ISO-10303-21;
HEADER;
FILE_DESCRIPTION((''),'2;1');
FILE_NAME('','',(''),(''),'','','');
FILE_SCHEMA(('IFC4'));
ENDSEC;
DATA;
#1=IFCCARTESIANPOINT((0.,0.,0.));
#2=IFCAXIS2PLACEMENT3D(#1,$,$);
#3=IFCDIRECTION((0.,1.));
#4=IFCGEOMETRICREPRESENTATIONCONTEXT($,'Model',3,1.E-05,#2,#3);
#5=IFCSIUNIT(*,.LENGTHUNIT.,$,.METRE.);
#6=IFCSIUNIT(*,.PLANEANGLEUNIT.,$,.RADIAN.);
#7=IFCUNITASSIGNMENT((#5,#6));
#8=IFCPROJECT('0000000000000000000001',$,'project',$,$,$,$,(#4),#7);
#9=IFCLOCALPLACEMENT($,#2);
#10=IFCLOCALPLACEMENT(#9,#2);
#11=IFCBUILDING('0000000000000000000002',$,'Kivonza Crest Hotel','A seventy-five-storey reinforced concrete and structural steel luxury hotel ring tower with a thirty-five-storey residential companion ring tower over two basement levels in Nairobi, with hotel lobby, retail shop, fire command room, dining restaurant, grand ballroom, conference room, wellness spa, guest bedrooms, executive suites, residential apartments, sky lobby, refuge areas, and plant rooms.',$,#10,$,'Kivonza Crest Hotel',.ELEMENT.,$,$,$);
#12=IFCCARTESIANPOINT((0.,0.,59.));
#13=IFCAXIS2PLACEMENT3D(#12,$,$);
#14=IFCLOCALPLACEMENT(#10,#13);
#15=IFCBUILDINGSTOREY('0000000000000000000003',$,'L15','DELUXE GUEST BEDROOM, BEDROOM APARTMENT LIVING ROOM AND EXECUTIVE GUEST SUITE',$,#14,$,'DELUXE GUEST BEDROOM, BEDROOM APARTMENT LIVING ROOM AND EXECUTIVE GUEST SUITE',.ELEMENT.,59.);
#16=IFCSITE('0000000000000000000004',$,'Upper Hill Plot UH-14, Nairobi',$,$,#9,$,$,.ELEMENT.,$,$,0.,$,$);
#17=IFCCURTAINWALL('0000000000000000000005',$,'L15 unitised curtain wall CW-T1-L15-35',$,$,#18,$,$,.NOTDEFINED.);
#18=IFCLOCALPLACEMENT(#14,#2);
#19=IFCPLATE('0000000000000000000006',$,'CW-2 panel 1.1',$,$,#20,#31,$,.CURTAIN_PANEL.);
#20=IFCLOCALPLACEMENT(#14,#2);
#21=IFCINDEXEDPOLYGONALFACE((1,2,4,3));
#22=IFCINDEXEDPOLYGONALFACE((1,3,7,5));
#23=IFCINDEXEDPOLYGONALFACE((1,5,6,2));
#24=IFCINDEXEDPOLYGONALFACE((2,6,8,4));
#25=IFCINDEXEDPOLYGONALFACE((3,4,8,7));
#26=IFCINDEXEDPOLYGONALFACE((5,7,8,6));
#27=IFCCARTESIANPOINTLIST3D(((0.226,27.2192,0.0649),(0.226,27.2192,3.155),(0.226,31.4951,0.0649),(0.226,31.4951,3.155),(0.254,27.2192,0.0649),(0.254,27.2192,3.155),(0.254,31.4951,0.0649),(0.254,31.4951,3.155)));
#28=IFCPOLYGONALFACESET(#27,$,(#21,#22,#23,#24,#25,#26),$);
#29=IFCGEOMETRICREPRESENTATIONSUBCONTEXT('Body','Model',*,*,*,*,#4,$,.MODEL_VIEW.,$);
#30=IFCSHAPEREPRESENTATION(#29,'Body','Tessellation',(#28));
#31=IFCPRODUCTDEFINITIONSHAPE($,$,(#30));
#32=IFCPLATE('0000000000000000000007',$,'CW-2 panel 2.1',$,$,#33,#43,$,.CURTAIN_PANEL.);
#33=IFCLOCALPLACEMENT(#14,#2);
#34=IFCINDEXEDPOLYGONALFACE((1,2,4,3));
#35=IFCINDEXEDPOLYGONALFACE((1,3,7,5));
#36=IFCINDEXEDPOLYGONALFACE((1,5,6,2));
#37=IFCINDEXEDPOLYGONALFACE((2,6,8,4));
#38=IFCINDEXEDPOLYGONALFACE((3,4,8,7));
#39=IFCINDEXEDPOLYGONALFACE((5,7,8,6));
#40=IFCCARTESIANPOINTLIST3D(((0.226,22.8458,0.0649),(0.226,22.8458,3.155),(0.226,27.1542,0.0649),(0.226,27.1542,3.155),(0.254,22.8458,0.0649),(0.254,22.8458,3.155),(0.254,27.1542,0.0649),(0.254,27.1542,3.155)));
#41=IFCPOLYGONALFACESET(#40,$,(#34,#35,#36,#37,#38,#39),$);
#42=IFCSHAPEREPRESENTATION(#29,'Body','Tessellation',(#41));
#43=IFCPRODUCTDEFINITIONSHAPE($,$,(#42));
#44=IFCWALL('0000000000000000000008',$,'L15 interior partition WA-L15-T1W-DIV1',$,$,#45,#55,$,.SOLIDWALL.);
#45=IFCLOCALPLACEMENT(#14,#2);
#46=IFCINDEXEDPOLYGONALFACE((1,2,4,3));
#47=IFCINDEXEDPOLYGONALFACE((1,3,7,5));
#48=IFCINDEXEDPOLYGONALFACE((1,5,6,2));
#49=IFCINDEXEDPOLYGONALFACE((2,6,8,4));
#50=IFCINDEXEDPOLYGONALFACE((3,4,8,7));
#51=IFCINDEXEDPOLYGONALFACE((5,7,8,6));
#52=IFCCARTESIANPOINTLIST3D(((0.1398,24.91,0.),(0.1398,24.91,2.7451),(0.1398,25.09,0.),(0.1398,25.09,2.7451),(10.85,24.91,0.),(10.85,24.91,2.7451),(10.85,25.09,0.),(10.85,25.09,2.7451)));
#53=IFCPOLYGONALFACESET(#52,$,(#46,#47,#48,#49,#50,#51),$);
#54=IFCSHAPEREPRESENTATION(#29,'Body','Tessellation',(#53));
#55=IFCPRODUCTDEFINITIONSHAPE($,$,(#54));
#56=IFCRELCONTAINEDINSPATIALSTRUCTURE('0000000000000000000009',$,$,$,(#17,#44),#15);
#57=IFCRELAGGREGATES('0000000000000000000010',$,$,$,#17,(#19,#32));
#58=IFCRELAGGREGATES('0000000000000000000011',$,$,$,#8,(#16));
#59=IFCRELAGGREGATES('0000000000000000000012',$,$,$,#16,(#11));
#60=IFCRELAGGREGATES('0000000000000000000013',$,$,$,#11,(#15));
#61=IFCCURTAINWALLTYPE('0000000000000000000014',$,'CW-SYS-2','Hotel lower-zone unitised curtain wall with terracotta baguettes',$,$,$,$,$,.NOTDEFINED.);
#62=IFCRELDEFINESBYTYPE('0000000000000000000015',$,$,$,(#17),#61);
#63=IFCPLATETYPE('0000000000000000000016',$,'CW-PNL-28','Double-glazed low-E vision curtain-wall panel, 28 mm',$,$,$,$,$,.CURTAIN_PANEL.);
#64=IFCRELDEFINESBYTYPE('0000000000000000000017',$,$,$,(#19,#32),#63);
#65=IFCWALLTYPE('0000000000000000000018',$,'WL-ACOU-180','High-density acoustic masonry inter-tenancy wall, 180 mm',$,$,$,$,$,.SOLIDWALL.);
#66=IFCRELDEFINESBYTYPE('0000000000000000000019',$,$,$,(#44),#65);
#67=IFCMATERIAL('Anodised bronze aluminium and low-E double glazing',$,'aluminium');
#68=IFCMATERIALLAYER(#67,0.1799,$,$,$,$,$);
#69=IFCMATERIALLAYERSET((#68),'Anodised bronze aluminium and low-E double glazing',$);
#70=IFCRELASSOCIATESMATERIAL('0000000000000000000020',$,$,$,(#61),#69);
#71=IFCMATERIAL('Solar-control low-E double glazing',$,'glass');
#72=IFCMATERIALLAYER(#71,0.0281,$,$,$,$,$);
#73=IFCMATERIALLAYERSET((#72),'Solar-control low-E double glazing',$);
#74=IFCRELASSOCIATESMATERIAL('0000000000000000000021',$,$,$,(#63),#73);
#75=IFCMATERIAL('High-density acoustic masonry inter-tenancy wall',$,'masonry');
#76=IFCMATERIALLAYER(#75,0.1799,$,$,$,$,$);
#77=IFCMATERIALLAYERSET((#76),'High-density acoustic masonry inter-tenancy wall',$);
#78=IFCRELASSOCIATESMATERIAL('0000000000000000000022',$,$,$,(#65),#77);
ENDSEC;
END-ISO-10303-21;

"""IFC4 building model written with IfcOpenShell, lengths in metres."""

from ifc_helpers import new_model, si_unit, direction, frame, frame_2d, origin, origin_2d, place, context, subcontext, project, spatial, rectangle, extrude, material, layer, layer_set, type_object, element, aggregate, save


model = new_model("IFC4")

# Units and contexts
model_context = context("Model", 3, precision=1e-05, world=origin(), true_north=direction((0.0, 1.0)))
body_context = subcontext(model_context, "Body", "Model", "MODEL_VIEW")
ifc_project = project(units=[si_unit("LENGTHUNIT", "METRE"), si_unit("PLANEANGLEUNIT", "RADIAN")], contexts=[model_context])

# Site, building, storey
site_placement = place(None, origin())
site = spatial("IfcSite", under=ifc_project, at=site_placement, Name="Upper Hill Plot UH-14, Nairobi", CompositionType="ELEMENT", RefElevation=0.0)
building_placement = place(site_placement, origin())
building = spatial("IfcBuilding", under=site, at=building_placement, Name="Kivonza Crest Hotel", Description="A seventy-five-storey reinforced concrete and structural steel luxury hotel ring tower with a thirty-five-storey residential companion ring tower over two basement levels in Nairobi, with hotel lobby, retail shop, fire command room, dining restaurant, grand ballroom, conference room, wellness spa, guest bedrooms, executive suites, residential apartments, sky lobby, refuge areas, and plant rooms.", LongName="Kivonza Crest Hotel", CompositionType="ELEMENT")
storey_placement = place(building_placement, frame((0.0, 0.0, 59.0)))
storey = spatial("IfcBuildingStorey", under=building, at=storey_placement, Name="L15", Description="DELUXE GUEST BEDROOM, BEDROOM APARTMENT LIVING ROOM AND EXECUTIVE GUEST SUITE", LongName="DELUXE GUEST BEDROOM, BEDROOM APARTMENT LIVING ROOM AND EXECUTIVE GUEST SUITE", CompositionType="ELEMENT", Elevation=59.0)

# Curtain wall, plates
ifc_material_1 = material(Name="Anodised bronze aluminium and low-E double glazing", Category="aluminium")
ifc_layer_1 = layer(ifc_material_1, 0.1799)
ifc_layer_set_1 = layer_set([ifc_layer_1], Name="Anodised bronze aluminium and low-E double glazing")
curtain_wall_type = type_object("IfcCurtainWallType", Name="CW-SYS-2", Description="Hotel lower-zone unitised curtain wall with terracotta baguettes", PredefinedType="NOTDEFINED", material=ifc_layer_set_1)
curtain_wall_placement = place(storey_placement, origin())
curtain_wall = element("IfcCurtainWall", 1, at=curtain_wall_placement, inside=storey, type_object=curtain_wall_type, Name="L15 unitised curtain wall CW-T1-L15-35", PredefinedType="NOTDEFINED")
ifc_material_2 = material(Name="Solar-control low-E double glazing", Category="glass")
ifc_layer_2 = layer(ifc_material_2, 0.0281)
ifc_layer_set_2 = layer_set([ifc_layer_2], Name="Solar-control low-E double glazing")
plate_type = type_object("IfcPlateType", Name="CW-PNL-28", Description="Double-glazed low-E vision curtain-wall panel, 28 mm", PredefinedType="CURTAIN_PANEL", material=ifc_layer_set_2)
plate_1_placement = place(storey_placement, frame((0.24, 29.3572, 0.0649), z_axis=(0.0, 0.0, 1.0), x_axis=(0.0, -1.0, 0.0)))
plate_1 = element("IfcPlate", 2, at=plate_1_placement, type_object=plate_type, Name="CW-2 panel 1.1", PredefinedType="CURTAIN_PANEL", context=body_context, shape_type="SweptSolid", body=[
    extrude(rectangle(XDim=4.2759, YDim=0.0281, at=origin_2d()), origin(), (0.0, 0.0, 1.0), 3.0901),
])
plate_2_placement = place(storey_placement, frame((0.24, 25.0, 0.0649), z_axis=(0.0, 0.0, 1.0), x_axis=(0.0, -1.0, 0.0)))
plate_2 = element("IfcPlate", 3, at=plate_2_placement, type_object=plate_type, Name="CW-2 panel 2.1", PredefinedType="CURTAIN_PANEL", context=body_context, shape_type="SweptSolid", body=[
    extrude(rectangle(XDim=4.3083, YDim=0.0281, at=origin_2d()), origin(), (0.0, 0.0, 1.0), 3.0901),
])
aggregate(curtain_wall, [plate_1, plate_2])

# Wall
ifc_material_3 = material(Name="High-density acoustic masonry inter-tenancy wall", Category="masonry")
ifc_layer_3 = layer(ifc_material_3, 0.1799)
ifc_layer_set_3 = layer_set([ifc_layer_3], Name="High-density acoustic masonry inter-tenancy wall")
wall_type = type_object("IfcWallType", Name="WL-ACOU-180", Description="High-density acoustic masonry inter-tenancy wall, 180 mm", PredefinedType="SOLIDWALL", material=ifc_layer_set_3)
wall_placement = place(storey_placement, frame((0.1399, 25.0, 0.0), z_axis=(0.0, 0.0, 1.0), x_axis=(1.0, 0.0, 0.0)))
element("IfcWall", 4, at=wall_placement, inside=storey, type_object=wall_type, Name="L15 interior partition WA-L15-T1W-DIV1", PredefinedType="SOLIDWALL", context=body_context, shape_type="SweptSolid", body=[
    extrude(rectangle(XDim=10.7102, YDim=0.1799, at=frame_2d((5.355, 0.0))), origin(), (0.0, 0.0, 1.0), 2.7451),
])

save(model, "model.ifc")
